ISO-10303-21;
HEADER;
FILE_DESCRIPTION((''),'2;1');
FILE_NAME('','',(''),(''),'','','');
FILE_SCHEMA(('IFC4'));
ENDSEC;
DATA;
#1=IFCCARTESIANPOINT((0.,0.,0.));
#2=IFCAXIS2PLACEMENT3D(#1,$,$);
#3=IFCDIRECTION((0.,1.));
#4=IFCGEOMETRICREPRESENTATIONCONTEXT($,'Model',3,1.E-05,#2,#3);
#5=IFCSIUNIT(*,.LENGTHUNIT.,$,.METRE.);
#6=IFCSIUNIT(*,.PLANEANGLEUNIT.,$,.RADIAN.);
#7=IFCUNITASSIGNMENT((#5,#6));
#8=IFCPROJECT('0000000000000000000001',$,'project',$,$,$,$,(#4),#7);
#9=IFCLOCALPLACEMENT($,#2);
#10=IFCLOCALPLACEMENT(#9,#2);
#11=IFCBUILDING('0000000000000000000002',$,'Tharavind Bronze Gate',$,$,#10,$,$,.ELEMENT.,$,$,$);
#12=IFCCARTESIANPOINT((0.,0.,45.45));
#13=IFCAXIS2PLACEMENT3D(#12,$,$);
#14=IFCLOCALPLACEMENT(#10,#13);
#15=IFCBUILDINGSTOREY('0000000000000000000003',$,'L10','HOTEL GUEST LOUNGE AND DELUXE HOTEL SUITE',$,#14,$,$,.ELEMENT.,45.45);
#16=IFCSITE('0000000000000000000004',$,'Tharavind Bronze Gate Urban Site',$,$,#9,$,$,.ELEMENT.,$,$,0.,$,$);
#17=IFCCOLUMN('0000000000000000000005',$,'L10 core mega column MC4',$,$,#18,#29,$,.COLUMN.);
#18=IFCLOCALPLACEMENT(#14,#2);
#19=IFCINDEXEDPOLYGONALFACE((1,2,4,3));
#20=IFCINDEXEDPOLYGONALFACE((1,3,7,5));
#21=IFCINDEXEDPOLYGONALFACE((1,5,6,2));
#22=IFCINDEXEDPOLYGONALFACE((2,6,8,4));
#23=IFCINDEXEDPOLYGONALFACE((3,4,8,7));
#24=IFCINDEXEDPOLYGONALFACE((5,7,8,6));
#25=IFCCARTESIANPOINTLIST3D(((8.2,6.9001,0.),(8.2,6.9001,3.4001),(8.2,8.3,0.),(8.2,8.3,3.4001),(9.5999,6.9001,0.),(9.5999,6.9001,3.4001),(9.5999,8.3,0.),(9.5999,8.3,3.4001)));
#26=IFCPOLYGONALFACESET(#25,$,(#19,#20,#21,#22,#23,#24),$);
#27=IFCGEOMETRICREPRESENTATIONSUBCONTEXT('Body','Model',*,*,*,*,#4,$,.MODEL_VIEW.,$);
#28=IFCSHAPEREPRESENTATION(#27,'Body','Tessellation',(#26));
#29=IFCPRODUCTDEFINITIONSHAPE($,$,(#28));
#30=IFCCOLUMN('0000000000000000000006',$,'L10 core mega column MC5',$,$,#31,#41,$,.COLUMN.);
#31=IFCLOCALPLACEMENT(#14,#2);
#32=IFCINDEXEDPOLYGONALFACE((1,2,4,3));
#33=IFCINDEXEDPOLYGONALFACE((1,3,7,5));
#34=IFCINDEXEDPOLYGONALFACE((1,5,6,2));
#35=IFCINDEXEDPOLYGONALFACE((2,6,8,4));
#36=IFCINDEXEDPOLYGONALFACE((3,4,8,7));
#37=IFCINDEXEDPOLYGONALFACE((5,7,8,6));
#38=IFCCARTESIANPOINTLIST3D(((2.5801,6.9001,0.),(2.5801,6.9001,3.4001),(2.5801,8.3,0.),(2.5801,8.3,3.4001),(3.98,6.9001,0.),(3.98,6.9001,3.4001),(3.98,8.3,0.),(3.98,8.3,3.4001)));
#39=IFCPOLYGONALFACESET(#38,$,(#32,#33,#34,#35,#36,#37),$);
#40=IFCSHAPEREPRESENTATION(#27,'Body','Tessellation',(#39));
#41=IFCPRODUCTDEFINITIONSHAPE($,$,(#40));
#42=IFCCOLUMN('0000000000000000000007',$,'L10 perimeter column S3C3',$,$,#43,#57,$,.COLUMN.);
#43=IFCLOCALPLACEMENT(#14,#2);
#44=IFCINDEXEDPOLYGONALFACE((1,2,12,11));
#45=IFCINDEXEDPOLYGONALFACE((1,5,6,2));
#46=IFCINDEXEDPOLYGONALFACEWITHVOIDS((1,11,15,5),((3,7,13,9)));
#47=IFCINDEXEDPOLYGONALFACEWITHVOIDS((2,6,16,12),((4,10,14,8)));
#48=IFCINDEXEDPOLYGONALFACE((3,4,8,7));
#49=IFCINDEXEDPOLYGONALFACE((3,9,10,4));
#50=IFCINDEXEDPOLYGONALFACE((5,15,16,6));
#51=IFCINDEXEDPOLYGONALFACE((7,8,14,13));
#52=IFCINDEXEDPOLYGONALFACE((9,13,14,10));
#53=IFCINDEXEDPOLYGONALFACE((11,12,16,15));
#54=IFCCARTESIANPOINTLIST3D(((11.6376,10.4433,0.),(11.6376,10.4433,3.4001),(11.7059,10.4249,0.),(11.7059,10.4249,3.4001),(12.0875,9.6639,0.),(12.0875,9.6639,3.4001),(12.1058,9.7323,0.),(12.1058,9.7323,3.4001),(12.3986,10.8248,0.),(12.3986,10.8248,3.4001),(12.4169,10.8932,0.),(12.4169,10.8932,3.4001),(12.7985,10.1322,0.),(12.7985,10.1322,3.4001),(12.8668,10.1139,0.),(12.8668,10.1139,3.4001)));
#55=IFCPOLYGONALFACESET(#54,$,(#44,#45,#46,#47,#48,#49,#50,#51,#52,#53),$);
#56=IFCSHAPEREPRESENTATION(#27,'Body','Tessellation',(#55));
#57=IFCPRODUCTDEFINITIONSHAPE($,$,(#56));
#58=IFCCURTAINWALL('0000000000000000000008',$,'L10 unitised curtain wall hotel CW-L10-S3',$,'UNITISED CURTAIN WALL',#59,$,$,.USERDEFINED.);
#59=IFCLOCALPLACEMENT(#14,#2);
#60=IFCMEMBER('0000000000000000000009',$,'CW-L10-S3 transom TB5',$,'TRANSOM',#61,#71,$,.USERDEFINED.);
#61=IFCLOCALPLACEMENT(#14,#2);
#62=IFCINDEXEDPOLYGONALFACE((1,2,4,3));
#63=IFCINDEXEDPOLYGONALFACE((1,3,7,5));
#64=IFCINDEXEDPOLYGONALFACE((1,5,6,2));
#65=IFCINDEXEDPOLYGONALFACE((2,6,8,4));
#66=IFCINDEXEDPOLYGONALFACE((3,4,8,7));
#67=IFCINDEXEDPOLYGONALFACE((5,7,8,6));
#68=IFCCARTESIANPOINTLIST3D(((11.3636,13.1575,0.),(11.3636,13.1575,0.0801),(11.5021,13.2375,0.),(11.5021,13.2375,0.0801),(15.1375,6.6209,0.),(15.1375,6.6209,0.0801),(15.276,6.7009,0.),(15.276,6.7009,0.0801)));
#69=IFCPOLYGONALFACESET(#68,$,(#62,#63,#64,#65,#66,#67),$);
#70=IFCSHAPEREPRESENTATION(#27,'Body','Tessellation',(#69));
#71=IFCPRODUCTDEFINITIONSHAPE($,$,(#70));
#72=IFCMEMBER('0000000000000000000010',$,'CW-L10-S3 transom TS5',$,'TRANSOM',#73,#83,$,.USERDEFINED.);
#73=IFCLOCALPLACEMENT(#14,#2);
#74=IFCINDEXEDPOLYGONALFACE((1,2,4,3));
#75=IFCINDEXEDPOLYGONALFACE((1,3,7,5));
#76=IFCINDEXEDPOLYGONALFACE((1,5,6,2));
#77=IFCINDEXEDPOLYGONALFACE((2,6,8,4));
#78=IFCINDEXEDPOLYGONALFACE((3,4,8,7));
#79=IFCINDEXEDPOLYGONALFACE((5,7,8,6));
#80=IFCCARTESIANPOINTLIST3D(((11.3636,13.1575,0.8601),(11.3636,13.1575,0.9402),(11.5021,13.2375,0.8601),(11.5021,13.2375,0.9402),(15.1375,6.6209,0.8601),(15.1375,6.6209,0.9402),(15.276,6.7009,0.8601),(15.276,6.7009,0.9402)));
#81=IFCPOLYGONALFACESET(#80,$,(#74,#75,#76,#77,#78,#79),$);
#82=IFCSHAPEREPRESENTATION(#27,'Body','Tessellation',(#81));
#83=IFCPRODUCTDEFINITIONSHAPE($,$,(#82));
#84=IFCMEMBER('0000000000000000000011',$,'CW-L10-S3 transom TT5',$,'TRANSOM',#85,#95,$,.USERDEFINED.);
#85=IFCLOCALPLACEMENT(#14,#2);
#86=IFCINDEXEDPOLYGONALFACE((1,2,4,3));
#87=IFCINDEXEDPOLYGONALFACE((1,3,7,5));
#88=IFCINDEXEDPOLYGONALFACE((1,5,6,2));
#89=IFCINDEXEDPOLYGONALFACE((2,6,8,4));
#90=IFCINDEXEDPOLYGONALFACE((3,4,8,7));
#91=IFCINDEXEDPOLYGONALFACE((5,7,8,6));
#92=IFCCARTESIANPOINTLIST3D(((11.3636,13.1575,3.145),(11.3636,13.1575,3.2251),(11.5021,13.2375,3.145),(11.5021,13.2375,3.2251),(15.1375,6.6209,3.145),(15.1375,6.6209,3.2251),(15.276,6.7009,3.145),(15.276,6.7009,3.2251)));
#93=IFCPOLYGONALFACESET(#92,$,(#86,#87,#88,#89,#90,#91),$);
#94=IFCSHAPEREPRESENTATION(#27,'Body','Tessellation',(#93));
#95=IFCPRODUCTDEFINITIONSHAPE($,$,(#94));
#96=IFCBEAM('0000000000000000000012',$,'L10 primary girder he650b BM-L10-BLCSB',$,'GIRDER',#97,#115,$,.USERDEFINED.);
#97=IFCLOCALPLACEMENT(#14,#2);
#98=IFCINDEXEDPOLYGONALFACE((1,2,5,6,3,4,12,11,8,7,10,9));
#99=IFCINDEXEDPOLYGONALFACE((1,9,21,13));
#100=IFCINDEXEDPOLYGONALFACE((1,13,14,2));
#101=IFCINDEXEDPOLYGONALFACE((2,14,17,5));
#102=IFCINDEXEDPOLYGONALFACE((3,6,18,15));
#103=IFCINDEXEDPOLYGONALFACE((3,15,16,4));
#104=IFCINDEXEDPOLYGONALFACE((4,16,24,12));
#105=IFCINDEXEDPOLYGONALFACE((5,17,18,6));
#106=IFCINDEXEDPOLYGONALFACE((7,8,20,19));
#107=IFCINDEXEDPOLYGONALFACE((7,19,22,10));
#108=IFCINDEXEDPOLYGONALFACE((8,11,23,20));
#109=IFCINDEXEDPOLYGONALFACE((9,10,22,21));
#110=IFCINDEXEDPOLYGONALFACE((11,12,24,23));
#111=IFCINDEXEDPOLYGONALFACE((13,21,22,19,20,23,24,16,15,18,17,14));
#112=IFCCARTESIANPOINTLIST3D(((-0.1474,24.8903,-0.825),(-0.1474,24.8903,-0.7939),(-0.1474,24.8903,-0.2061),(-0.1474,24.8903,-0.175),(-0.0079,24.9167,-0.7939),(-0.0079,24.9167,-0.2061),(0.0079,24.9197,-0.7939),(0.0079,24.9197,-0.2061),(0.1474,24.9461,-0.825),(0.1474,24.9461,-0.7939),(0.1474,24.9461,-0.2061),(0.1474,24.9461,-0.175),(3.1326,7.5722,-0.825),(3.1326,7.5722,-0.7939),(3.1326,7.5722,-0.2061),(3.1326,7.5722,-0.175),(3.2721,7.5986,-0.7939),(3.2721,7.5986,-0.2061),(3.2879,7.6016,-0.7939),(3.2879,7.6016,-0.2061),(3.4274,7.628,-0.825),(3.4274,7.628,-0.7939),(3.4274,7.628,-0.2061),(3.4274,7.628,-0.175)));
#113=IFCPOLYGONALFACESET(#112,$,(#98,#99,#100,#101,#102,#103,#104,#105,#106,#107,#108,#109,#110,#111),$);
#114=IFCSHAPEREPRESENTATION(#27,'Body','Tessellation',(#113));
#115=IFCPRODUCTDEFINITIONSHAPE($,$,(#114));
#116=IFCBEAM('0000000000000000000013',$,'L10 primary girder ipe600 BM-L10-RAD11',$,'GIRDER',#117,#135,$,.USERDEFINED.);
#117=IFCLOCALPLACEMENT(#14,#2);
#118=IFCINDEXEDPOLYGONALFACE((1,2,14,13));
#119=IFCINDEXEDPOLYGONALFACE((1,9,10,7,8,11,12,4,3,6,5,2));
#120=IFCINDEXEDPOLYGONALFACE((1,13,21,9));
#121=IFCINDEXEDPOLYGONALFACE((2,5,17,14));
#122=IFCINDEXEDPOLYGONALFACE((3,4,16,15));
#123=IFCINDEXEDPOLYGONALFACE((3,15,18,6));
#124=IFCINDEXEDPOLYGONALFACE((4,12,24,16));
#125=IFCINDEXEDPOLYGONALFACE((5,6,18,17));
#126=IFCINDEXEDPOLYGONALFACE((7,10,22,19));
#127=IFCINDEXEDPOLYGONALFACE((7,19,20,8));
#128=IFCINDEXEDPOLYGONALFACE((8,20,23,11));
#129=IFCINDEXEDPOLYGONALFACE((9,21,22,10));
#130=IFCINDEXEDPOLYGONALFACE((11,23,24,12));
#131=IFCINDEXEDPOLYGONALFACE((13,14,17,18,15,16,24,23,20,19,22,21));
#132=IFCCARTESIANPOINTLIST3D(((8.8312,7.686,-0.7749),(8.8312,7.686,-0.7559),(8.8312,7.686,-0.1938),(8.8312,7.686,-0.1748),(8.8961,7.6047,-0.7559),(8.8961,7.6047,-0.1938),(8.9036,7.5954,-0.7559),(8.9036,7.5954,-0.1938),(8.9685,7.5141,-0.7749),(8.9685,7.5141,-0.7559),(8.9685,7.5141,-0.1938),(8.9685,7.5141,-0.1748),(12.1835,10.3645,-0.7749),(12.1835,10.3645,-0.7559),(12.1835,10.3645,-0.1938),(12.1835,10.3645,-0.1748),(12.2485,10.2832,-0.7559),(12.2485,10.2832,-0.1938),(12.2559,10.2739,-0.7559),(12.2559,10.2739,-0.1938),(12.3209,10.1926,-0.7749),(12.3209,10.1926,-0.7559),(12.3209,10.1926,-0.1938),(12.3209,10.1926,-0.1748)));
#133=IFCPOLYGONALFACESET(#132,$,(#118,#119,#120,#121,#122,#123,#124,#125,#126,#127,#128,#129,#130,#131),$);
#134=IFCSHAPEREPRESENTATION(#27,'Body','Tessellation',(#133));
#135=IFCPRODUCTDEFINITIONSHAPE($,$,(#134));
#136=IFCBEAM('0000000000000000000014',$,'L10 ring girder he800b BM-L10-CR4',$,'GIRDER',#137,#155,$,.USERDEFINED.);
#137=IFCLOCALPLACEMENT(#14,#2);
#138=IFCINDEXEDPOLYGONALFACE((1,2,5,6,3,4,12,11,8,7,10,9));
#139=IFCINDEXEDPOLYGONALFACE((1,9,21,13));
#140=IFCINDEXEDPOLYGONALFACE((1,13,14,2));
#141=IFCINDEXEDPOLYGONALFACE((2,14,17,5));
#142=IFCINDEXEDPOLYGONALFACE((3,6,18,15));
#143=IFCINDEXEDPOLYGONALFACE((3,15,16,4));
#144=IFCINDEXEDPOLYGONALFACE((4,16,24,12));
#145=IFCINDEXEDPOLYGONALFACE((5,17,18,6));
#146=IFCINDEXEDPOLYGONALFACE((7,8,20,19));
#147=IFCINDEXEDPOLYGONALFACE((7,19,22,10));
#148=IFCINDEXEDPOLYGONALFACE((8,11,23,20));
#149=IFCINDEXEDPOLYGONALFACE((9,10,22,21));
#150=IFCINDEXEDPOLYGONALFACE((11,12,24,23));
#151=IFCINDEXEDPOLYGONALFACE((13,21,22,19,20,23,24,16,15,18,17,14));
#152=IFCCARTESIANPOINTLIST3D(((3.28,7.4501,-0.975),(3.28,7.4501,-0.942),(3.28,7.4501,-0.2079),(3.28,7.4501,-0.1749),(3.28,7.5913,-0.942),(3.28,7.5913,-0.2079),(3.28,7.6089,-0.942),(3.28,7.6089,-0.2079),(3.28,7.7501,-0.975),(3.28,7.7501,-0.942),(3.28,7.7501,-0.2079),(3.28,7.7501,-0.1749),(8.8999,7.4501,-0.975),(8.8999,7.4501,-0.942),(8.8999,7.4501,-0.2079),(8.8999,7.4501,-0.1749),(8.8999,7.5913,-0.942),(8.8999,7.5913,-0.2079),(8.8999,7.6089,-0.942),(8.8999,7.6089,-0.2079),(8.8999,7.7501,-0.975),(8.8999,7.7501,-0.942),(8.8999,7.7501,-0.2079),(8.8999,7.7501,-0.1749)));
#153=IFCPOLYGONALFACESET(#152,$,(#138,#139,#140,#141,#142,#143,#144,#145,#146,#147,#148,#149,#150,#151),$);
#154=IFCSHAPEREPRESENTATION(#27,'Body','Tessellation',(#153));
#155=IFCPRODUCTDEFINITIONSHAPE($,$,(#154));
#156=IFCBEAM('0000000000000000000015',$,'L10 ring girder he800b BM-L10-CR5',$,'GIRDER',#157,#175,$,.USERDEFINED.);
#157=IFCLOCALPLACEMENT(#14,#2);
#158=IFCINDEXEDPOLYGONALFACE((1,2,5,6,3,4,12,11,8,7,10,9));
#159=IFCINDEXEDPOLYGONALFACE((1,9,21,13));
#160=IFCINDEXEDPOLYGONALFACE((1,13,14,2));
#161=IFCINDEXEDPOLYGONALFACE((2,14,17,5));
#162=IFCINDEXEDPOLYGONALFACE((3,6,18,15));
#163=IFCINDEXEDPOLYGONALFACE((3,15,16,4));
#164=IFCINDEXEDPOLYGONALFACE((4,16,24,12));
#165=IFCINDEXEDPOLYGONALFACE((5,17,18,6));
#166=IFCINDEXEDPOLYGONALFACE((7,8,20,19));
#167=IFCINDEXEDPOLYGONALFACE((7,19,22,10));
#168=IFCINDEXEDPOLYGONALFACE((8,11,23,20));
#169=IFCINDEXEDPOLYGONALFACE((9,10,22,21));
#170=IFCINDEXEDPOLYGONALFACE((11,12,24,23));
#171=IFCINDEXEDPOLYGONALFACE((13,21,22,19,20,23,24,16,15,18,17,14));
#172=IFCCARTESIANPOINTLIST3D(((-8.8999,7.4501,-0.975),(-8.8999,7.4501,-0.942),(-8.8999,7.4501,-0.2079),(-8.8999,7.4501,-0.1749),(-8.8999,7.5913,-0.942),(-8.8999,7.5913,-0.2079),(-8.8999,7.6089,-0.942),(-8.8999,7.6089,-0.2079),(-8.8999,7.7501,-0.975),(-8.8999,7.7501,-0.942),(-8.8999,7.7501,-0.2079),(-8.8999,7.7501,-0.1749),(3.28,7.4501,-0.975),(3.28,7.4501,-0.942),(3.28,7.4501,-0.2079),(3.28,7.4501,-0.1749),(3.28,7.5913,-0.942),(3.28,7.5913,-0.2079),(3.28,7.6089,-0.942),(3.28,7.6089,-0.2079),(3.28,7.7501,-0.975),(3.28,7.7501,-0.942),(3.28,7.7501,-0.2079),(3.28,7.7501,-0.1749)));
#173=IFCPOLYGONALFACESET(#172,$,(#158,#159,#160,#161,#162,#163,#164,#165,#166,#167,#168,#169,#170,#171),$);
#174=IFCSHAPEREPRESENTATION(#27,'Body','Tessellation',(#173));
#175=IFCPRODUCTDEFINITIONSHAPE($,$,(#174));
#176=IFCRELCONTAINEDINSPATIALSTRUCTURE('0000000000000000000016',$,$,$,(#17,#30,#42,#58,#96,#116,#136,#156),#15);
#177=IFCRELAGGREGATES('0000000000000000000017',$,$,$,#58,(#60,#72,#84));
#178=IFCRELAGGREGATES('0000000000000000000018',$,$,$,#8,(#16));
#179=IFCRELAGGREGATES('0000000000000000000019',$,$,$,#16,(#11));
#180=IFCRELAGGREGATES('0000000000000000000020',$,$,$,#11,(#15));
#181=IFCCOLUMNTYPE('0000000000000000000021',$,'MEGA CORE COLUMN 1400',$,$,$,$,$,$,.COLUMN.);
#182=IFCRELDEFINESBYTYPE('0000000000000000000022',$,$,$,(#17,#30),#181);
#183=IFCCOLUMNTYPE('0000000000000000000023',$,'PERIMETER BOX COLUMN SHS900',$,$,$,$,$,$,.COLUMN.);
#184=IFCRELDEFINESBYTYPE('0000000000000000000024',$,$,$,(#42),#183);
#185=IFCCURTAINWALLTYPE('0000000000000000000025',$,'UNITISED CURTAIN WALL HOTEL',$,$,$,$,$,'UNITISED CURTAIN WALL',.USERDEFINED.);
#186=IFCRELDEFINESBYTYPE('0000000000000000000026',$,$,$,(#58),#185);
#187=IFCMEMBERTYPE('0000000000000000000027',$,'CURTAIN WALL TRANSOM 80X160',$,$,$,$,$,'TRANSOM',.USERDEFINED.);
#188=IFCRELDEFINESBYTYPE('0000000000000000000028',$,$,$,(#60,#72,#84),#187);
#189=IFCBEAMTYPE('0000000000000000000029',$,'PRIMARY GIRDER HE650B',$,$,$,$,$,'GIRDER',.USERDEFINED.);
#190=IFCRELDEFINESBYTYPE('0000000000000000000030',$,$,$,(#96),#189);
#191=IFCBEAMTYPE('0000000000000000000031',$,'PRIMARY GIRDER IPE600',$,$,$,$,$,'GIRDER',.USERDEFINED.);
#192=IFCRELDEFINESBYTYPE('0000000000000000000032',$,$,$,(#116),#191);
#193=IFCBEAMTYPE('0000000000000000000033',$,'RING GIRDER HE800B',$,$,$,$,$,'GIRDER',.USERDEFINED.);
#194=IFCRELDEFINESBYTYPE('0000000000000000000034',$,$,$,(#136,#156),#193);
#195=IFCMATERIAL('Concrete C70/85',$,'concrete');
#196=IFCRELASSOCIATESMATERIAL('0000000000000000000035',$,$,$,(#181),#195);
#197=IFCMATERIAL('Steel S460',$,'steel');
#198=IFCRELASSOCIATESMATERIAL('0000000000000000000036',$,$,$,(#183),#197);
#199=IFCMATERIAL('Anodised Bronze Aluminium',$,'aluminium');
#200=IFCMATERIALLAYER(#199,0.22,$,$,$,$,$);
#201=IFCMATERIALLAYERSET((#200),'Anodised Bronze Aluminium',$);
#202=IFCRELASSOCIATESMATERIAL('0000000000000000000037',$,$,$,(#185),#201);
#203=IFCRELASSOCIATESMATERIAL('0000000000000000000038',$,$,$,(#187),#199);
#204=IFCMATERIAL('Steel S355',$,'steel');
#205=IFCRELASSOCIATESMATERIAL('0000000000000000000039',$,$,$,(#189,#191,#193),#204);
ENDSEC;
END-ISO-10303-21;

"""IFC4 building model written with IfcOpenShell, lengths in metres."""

from ifc_helpers import new_model, si_unit, direction, frame, origin, origin_2d, place, context, subcontext, project, spatial, rectangle, hollow_rectangle, i_section, extrude, material, layer, layer_set, material_profile, profile_set, type_object, element, aggregate, save


model = new_model("IFC4")

# Units and contexts
model_context = context("Model", 3, precision=1e-05, world=origin(), true_north=direction((0.0, 1.0)))
body_context = subcontext(model_context, "Body", "Model", "MODEL_VIEW")
ifc_project = project(units=[si_unit("LENGTHUNIT", "METRE"), si_unit("PLANEANGLEUNIT", "RADIAN")], contexts=[model_context])

# Site, building, storey
site_placement = place(None, origin())
site = spatial("IfcSite", under=ifc_project, at=site_placement, Name="Tharavind Bronze Gate Urban Site", CompositionType="ELEMENT", RefElevation=0.0)
building_placement = place(site_placement, origin())
building = spatial("IfcBuilding", under=site, at=building_placement, Name="Tharavind Bronze Gate", CompositionType="ELEMENT")
storey_placement = place(building_placement, frame((0.0, 0.0, 45.45)))
storey = spatial("IfcBuildingStorey", under=building, at=storey_placement, Name="L10", Description="HOTEL GUEST LOUNGE AND DELUXE HOTEL SUITE", CompositionType="ELEMENT", Elevation=45.45)

# Columns
ifc_material_1 = material(Name="Concrete C70/85", Category="concrete")
ifc_material_profile_1 = material_profile(ifc_material_1, rectangle(XDim=1.3999, YDim=1.3999, at=origin_2d()), Name="RCCOL1400")
ifc_profile_set_1 = profile_set([ifc_material_profile_1], Name="Concrete C70/85")
column_type_1 = type_object("IfcColumnType", Name="MEGA CORE COLUMN 1400", PredefinedType="COLUMN", material=ifc_profile_set_1)
for number, where, z_axis, x_axis, name in (
    (1, (8.8999, 7.6001, 0.0), (0.0, 0.0, 1.0), (1.0, 0.0, 0.0), "L10 core mega column MC4"),
    (2, (3.28, 7.6001, 0.0), (0.0, 0.0, 1.0), (1.0, 0.0, 0.0), "L10 core mega column MC5"),
):
    element("IfcColumn", number, at=place(storey_placement, frame(where, z_axis=z_axis, x_axis=x_axis)), inside=storey, type_object=column_type_1, Name=name, PredefinedType="COLUMN", context=body_context, shape_type="SweptSolid", body=[
        extrude(rectangle(XDim=1.3999, YDim=1.3999, at=origin_2d()), origin(), (0.0, 0.0, 1.0), 3.4001),
    ])
ifc_material_2 = material(Name="Steel S460", Category="steel")
ifc_material_profile_2 = material_profile(ifc_material_2, hollow_rectangle(XDim=0.8999, YDim=0.8999, WallThickness=0.05, at=origin_2d()), Name="SHS900X50")
ifc_profile_set_2 = profile_set([ifc_material_profile_2], Name="Steel S460")
column_type_2 = type_object("IfcColumnType", Name="PERIMETER BOX COLUMN SHS900", PredefinedType="COLUMN", material=ifc_profile_set_2)
column_placement = place(storey_placement, frame((12.2522, 10.2786, 0.0), z_axis=(0.0, 0.0, 1.0), x_axis=(-0.500002, 0.866025, 0.0)))
element("IfcColumn", 3, at=column_placement, inside=storey, type_object=column_type_2, Name="L10 perimeter column S3C3", PredefinedType="COLUMN", context=body_context, shape_type="SweptSolid", body=[
    extrude(hollow_rectangle(XDim=0.8999, YDim=0.8999, WallThickness=0.05, at=origin_2d()), origin(), (0.0, 0.0, 1.0), 3.4001),
])

# Curtain wall, members
ifc_material_3 = material(Name="Anodised Bronze Aluminium", Category="aluminium")
ifc_layer_1 = layer(ifc_material_3, 0.22)
ifc_layer_set_1 = layer_set([ifc_layer_1], Name="Anodised Bronze Aluminium")
curtain_wall_type = type_object("IfcCurtainWallType", Name="UNITISED CURTAIN WALL HOTEL", ElementType="UNITISED CURTAIN WALL", PredefinedType="USERDEFINED", material=ifc_layer_set_1)
curtain_wall_placement = place(storey_placement, origin())
curtain_wall = element("IfcCurtainWall", 4, at=curtain_wall_placement, inside=storey, type_object=curtain_wall_type, Name="L10 unitised curtain wall hotel CW-L10-S3", ObjectType="UNITISED CURTAIN WALL", PredefinedType="USERDEFINED")
member_type = type_object("IfcMemberType", Name="CURTAIN WALL TRANSOM 80X160", ElementType="TRANSOM", PredefinedType="USERDEFINED", material=ifc_material_3)
member_1_placement = place(storey_placement, frame((13.3198, 9.9292, 0.0), z_axis=(0.0, 0.0, 1.0), x_axis=(-0.500002, 0.866025, 0.0)))
member_1 = element("IfcMember", 5, at=member_1_placement, type_object=member_type, Name="CW-L10-S3 transom TB5", ObjectType="TRANSOM", PredefinedType="USERDEFINED", context=body_context, shape_type="SweptSolid", body=[
    extrude(rectangle(XDim=7.5479, YDim=0.1599, at=origin_2d()), origin(), (0.0, 0.0, 1.0), 0.0801),
])
member_2_placement = place(storey_placement, frame((13.3198, 9.9292, 0.8601), z_axis=(0.0, 0.0, 1.0), x_axis=(-0.500002, 0.866025, 0.0)))
member_2 = element("IfcMember", 6, at=member_2_placement, type_object=member_type, Name="CW-L10-S3 transom TS5", ObjectType="TRANSOM", PredefinedType="USERDEFINED", context=body_context, shape_type="SweptSolid", body=[
    extrude(rectangle(XDim=7.5479, YDim=0.1599, at=origin_2d()), origin(), (0.0, 0.0, 1.0), 0.0801),
])
member_3_placement = place(storey_placement, frame((13.3198, 9.9292, 3.145), z_axis=(0.0, 0.0, 1.0), x_axis=(-0.500002, 0.866025, 0.0)))
member_3 = element("IfcMember", 7, at=member_3_placement, type_object=member_type, Name="CW-L10-S3 transom TT5", ObjectType="TRANSOM", PredefinedType="USERDEFINED", context=body_context, shape_type="SweptSolid", body=[
    extrude(rectangle(XDim=7.5479, YDim=0.1599, at=origin_2d()), origin(), (0.0, 0.0, 1.0), 0.0801),
])

# Beams
ifc_material_4 = material(Name="Steel S355", Category="steel")
ifc_material_profile_3 = material_profile(ifc_material_4, i_section(OverallWidth=0.3, OverallDepth=0.6499, WebThickness=0.0161, FlangeThickness=0.031, at=origin_2d()), Name="HE650B")
ifc_profile_set_3 = profile_set([ifc_material_profile_3], Name="Steel S355")
beam_type_1 = type_object("IfcBeamType", Name="PRIMARY GIRDER HE650B", ElementType="GIRDER", PredefinedType="USERDEFINED", material=ifc_profile_set_3)
beam_1_placement = place(storey_placement, frame((3.28, 7.6001, -0.5), z_axis=(-0.18609, 0.982533, 0.0), x_axis=(-0.982533, -0.18609, 0.0)))
element("IfcBeam", 8, at=beam_1_placement, inside=storey, type_object=beam_type_1, Name="L10 primary girder he650b BM-L10-BLCSB", ObjectType="GIRDER", PredefinedType="USERDEFINED", context=body_context, shape_type="SweptSolid", body=[
    extrude(i_section(OverallWidth=0.3, OverallDepth=0.6499, WebThickness=0.0161, FlangeThickness=0.031, at=origin_2d()), origin(), (0.0, 0.0, 1.0), 17.626),
])
ifc_material_profile_4 = material_profile(ifc_material_4, i_section(OverallWidth=0.22, OverallDepth=0.6001, WebThickness=0.012, FlangeThickness=0.019, at=origin_2d()), Name="IPE600")
ifc_profile_set_4 = profile_set([ifc_material_profile_4], Name="Steel S355")
beam_type_2 = type_object("IfcBeamType", Name="PRIMARY GIRDER IPE600", ElementType="GIRDER", PredefinedType="USERDEFINED", material=ifc_profile_set_4)
beam_2_placement = place(storey_placement, frame((12.2522, 10.2786, -0.4749), z_axis=(-0.781252, -0.624216, 0.0), x_axis=(0.624216, -0.781252, 0.0)))
element("IfcBeam", 9, at=beam_2_placement, inside=storey, type_object=beam_type_2, Name="L10 primary girder ipe600 BM-L10-RAD11", ObjectType="GIRDER", PredefinedType="USERDEFINED", context=body_context, shape_type="SweptSolid", body=[
    extrude(i_section(OverallWidth=0.22, OverallDepth=0.6001, WebThickness=0.012, FlangeThickness=0.019, at=origin_2d()), origin(), (0.0, 0.0, 1.0), 4.291),
])
ifc_material_profile_5 = material_profile(ifc_material_4, i_section(OverallWidth=0.3, OverallDepth=0.8, WebThickness=0.0176, FlangeThickness=0.033, at=origin_2d()), Name="HE800B")
ifc_profile_set_5 = profile_set([ifc_material_profile_5], Name="Steel S355")
beam_type_3 = type_object("IfcBeamType", Name="RING GIRDER HE800B", ElementType="GIRDER", PredefinedType="USERDEFINED", material=ifc_profile_set_5)
beam_3_placement = place(storey_placement, frame((8.8999, 7.6001, -0.575), z_axis=(-1.0, 0.0, 0.0), x_axis=(0.0, -1.0, 0.0)))
element("IfcBeam", 10, at=beam_3_placement, inside=storey, type_object=beam_type_3, Name="L10 ring girder he800b BM-L10-CR4", ObjectType="GIRDER", PredefinedType="USERDEFINED", context=body_context, shape_type="SweptSolid", body=[
    extrude(i_section(OverallWidth=0.3, OverallDepth=0.8, WebThickness=0.0176, FlangeThickness=0.033, at=origin_2d()), origin(), (0.0, 0.0, 1.0), 5.6199),
])
beam_4_placement = place(storey_placement, frame((3.28, 7.6001, -0.575), z_axis=(-1.0, 0.0, 0.0), x_axis=(0.0, -1.0, 0.0)))
element("IfcBeam", 11, at=beam_4_placement, inside=storey, type_object=beam_type_3, Name="L10 ring girder he800b BM-L10-CR5", ObjectType="GIRDER", PredefinedType="USERDEFINED", context=body_context, shape_type="SweptSolid", body=[
    extrude(i_section(OverallWidth=0.3, OverallDepth=0.8, WebThickness=0.0176, FlangeThickness=0.033, at=origin_2d()), origin(), (0.0, 0.0, 1.0), 12.1799),
])

aggregate(curtain_wall, [member_1, member_2, member_3])

save(model, "model.ifc")
